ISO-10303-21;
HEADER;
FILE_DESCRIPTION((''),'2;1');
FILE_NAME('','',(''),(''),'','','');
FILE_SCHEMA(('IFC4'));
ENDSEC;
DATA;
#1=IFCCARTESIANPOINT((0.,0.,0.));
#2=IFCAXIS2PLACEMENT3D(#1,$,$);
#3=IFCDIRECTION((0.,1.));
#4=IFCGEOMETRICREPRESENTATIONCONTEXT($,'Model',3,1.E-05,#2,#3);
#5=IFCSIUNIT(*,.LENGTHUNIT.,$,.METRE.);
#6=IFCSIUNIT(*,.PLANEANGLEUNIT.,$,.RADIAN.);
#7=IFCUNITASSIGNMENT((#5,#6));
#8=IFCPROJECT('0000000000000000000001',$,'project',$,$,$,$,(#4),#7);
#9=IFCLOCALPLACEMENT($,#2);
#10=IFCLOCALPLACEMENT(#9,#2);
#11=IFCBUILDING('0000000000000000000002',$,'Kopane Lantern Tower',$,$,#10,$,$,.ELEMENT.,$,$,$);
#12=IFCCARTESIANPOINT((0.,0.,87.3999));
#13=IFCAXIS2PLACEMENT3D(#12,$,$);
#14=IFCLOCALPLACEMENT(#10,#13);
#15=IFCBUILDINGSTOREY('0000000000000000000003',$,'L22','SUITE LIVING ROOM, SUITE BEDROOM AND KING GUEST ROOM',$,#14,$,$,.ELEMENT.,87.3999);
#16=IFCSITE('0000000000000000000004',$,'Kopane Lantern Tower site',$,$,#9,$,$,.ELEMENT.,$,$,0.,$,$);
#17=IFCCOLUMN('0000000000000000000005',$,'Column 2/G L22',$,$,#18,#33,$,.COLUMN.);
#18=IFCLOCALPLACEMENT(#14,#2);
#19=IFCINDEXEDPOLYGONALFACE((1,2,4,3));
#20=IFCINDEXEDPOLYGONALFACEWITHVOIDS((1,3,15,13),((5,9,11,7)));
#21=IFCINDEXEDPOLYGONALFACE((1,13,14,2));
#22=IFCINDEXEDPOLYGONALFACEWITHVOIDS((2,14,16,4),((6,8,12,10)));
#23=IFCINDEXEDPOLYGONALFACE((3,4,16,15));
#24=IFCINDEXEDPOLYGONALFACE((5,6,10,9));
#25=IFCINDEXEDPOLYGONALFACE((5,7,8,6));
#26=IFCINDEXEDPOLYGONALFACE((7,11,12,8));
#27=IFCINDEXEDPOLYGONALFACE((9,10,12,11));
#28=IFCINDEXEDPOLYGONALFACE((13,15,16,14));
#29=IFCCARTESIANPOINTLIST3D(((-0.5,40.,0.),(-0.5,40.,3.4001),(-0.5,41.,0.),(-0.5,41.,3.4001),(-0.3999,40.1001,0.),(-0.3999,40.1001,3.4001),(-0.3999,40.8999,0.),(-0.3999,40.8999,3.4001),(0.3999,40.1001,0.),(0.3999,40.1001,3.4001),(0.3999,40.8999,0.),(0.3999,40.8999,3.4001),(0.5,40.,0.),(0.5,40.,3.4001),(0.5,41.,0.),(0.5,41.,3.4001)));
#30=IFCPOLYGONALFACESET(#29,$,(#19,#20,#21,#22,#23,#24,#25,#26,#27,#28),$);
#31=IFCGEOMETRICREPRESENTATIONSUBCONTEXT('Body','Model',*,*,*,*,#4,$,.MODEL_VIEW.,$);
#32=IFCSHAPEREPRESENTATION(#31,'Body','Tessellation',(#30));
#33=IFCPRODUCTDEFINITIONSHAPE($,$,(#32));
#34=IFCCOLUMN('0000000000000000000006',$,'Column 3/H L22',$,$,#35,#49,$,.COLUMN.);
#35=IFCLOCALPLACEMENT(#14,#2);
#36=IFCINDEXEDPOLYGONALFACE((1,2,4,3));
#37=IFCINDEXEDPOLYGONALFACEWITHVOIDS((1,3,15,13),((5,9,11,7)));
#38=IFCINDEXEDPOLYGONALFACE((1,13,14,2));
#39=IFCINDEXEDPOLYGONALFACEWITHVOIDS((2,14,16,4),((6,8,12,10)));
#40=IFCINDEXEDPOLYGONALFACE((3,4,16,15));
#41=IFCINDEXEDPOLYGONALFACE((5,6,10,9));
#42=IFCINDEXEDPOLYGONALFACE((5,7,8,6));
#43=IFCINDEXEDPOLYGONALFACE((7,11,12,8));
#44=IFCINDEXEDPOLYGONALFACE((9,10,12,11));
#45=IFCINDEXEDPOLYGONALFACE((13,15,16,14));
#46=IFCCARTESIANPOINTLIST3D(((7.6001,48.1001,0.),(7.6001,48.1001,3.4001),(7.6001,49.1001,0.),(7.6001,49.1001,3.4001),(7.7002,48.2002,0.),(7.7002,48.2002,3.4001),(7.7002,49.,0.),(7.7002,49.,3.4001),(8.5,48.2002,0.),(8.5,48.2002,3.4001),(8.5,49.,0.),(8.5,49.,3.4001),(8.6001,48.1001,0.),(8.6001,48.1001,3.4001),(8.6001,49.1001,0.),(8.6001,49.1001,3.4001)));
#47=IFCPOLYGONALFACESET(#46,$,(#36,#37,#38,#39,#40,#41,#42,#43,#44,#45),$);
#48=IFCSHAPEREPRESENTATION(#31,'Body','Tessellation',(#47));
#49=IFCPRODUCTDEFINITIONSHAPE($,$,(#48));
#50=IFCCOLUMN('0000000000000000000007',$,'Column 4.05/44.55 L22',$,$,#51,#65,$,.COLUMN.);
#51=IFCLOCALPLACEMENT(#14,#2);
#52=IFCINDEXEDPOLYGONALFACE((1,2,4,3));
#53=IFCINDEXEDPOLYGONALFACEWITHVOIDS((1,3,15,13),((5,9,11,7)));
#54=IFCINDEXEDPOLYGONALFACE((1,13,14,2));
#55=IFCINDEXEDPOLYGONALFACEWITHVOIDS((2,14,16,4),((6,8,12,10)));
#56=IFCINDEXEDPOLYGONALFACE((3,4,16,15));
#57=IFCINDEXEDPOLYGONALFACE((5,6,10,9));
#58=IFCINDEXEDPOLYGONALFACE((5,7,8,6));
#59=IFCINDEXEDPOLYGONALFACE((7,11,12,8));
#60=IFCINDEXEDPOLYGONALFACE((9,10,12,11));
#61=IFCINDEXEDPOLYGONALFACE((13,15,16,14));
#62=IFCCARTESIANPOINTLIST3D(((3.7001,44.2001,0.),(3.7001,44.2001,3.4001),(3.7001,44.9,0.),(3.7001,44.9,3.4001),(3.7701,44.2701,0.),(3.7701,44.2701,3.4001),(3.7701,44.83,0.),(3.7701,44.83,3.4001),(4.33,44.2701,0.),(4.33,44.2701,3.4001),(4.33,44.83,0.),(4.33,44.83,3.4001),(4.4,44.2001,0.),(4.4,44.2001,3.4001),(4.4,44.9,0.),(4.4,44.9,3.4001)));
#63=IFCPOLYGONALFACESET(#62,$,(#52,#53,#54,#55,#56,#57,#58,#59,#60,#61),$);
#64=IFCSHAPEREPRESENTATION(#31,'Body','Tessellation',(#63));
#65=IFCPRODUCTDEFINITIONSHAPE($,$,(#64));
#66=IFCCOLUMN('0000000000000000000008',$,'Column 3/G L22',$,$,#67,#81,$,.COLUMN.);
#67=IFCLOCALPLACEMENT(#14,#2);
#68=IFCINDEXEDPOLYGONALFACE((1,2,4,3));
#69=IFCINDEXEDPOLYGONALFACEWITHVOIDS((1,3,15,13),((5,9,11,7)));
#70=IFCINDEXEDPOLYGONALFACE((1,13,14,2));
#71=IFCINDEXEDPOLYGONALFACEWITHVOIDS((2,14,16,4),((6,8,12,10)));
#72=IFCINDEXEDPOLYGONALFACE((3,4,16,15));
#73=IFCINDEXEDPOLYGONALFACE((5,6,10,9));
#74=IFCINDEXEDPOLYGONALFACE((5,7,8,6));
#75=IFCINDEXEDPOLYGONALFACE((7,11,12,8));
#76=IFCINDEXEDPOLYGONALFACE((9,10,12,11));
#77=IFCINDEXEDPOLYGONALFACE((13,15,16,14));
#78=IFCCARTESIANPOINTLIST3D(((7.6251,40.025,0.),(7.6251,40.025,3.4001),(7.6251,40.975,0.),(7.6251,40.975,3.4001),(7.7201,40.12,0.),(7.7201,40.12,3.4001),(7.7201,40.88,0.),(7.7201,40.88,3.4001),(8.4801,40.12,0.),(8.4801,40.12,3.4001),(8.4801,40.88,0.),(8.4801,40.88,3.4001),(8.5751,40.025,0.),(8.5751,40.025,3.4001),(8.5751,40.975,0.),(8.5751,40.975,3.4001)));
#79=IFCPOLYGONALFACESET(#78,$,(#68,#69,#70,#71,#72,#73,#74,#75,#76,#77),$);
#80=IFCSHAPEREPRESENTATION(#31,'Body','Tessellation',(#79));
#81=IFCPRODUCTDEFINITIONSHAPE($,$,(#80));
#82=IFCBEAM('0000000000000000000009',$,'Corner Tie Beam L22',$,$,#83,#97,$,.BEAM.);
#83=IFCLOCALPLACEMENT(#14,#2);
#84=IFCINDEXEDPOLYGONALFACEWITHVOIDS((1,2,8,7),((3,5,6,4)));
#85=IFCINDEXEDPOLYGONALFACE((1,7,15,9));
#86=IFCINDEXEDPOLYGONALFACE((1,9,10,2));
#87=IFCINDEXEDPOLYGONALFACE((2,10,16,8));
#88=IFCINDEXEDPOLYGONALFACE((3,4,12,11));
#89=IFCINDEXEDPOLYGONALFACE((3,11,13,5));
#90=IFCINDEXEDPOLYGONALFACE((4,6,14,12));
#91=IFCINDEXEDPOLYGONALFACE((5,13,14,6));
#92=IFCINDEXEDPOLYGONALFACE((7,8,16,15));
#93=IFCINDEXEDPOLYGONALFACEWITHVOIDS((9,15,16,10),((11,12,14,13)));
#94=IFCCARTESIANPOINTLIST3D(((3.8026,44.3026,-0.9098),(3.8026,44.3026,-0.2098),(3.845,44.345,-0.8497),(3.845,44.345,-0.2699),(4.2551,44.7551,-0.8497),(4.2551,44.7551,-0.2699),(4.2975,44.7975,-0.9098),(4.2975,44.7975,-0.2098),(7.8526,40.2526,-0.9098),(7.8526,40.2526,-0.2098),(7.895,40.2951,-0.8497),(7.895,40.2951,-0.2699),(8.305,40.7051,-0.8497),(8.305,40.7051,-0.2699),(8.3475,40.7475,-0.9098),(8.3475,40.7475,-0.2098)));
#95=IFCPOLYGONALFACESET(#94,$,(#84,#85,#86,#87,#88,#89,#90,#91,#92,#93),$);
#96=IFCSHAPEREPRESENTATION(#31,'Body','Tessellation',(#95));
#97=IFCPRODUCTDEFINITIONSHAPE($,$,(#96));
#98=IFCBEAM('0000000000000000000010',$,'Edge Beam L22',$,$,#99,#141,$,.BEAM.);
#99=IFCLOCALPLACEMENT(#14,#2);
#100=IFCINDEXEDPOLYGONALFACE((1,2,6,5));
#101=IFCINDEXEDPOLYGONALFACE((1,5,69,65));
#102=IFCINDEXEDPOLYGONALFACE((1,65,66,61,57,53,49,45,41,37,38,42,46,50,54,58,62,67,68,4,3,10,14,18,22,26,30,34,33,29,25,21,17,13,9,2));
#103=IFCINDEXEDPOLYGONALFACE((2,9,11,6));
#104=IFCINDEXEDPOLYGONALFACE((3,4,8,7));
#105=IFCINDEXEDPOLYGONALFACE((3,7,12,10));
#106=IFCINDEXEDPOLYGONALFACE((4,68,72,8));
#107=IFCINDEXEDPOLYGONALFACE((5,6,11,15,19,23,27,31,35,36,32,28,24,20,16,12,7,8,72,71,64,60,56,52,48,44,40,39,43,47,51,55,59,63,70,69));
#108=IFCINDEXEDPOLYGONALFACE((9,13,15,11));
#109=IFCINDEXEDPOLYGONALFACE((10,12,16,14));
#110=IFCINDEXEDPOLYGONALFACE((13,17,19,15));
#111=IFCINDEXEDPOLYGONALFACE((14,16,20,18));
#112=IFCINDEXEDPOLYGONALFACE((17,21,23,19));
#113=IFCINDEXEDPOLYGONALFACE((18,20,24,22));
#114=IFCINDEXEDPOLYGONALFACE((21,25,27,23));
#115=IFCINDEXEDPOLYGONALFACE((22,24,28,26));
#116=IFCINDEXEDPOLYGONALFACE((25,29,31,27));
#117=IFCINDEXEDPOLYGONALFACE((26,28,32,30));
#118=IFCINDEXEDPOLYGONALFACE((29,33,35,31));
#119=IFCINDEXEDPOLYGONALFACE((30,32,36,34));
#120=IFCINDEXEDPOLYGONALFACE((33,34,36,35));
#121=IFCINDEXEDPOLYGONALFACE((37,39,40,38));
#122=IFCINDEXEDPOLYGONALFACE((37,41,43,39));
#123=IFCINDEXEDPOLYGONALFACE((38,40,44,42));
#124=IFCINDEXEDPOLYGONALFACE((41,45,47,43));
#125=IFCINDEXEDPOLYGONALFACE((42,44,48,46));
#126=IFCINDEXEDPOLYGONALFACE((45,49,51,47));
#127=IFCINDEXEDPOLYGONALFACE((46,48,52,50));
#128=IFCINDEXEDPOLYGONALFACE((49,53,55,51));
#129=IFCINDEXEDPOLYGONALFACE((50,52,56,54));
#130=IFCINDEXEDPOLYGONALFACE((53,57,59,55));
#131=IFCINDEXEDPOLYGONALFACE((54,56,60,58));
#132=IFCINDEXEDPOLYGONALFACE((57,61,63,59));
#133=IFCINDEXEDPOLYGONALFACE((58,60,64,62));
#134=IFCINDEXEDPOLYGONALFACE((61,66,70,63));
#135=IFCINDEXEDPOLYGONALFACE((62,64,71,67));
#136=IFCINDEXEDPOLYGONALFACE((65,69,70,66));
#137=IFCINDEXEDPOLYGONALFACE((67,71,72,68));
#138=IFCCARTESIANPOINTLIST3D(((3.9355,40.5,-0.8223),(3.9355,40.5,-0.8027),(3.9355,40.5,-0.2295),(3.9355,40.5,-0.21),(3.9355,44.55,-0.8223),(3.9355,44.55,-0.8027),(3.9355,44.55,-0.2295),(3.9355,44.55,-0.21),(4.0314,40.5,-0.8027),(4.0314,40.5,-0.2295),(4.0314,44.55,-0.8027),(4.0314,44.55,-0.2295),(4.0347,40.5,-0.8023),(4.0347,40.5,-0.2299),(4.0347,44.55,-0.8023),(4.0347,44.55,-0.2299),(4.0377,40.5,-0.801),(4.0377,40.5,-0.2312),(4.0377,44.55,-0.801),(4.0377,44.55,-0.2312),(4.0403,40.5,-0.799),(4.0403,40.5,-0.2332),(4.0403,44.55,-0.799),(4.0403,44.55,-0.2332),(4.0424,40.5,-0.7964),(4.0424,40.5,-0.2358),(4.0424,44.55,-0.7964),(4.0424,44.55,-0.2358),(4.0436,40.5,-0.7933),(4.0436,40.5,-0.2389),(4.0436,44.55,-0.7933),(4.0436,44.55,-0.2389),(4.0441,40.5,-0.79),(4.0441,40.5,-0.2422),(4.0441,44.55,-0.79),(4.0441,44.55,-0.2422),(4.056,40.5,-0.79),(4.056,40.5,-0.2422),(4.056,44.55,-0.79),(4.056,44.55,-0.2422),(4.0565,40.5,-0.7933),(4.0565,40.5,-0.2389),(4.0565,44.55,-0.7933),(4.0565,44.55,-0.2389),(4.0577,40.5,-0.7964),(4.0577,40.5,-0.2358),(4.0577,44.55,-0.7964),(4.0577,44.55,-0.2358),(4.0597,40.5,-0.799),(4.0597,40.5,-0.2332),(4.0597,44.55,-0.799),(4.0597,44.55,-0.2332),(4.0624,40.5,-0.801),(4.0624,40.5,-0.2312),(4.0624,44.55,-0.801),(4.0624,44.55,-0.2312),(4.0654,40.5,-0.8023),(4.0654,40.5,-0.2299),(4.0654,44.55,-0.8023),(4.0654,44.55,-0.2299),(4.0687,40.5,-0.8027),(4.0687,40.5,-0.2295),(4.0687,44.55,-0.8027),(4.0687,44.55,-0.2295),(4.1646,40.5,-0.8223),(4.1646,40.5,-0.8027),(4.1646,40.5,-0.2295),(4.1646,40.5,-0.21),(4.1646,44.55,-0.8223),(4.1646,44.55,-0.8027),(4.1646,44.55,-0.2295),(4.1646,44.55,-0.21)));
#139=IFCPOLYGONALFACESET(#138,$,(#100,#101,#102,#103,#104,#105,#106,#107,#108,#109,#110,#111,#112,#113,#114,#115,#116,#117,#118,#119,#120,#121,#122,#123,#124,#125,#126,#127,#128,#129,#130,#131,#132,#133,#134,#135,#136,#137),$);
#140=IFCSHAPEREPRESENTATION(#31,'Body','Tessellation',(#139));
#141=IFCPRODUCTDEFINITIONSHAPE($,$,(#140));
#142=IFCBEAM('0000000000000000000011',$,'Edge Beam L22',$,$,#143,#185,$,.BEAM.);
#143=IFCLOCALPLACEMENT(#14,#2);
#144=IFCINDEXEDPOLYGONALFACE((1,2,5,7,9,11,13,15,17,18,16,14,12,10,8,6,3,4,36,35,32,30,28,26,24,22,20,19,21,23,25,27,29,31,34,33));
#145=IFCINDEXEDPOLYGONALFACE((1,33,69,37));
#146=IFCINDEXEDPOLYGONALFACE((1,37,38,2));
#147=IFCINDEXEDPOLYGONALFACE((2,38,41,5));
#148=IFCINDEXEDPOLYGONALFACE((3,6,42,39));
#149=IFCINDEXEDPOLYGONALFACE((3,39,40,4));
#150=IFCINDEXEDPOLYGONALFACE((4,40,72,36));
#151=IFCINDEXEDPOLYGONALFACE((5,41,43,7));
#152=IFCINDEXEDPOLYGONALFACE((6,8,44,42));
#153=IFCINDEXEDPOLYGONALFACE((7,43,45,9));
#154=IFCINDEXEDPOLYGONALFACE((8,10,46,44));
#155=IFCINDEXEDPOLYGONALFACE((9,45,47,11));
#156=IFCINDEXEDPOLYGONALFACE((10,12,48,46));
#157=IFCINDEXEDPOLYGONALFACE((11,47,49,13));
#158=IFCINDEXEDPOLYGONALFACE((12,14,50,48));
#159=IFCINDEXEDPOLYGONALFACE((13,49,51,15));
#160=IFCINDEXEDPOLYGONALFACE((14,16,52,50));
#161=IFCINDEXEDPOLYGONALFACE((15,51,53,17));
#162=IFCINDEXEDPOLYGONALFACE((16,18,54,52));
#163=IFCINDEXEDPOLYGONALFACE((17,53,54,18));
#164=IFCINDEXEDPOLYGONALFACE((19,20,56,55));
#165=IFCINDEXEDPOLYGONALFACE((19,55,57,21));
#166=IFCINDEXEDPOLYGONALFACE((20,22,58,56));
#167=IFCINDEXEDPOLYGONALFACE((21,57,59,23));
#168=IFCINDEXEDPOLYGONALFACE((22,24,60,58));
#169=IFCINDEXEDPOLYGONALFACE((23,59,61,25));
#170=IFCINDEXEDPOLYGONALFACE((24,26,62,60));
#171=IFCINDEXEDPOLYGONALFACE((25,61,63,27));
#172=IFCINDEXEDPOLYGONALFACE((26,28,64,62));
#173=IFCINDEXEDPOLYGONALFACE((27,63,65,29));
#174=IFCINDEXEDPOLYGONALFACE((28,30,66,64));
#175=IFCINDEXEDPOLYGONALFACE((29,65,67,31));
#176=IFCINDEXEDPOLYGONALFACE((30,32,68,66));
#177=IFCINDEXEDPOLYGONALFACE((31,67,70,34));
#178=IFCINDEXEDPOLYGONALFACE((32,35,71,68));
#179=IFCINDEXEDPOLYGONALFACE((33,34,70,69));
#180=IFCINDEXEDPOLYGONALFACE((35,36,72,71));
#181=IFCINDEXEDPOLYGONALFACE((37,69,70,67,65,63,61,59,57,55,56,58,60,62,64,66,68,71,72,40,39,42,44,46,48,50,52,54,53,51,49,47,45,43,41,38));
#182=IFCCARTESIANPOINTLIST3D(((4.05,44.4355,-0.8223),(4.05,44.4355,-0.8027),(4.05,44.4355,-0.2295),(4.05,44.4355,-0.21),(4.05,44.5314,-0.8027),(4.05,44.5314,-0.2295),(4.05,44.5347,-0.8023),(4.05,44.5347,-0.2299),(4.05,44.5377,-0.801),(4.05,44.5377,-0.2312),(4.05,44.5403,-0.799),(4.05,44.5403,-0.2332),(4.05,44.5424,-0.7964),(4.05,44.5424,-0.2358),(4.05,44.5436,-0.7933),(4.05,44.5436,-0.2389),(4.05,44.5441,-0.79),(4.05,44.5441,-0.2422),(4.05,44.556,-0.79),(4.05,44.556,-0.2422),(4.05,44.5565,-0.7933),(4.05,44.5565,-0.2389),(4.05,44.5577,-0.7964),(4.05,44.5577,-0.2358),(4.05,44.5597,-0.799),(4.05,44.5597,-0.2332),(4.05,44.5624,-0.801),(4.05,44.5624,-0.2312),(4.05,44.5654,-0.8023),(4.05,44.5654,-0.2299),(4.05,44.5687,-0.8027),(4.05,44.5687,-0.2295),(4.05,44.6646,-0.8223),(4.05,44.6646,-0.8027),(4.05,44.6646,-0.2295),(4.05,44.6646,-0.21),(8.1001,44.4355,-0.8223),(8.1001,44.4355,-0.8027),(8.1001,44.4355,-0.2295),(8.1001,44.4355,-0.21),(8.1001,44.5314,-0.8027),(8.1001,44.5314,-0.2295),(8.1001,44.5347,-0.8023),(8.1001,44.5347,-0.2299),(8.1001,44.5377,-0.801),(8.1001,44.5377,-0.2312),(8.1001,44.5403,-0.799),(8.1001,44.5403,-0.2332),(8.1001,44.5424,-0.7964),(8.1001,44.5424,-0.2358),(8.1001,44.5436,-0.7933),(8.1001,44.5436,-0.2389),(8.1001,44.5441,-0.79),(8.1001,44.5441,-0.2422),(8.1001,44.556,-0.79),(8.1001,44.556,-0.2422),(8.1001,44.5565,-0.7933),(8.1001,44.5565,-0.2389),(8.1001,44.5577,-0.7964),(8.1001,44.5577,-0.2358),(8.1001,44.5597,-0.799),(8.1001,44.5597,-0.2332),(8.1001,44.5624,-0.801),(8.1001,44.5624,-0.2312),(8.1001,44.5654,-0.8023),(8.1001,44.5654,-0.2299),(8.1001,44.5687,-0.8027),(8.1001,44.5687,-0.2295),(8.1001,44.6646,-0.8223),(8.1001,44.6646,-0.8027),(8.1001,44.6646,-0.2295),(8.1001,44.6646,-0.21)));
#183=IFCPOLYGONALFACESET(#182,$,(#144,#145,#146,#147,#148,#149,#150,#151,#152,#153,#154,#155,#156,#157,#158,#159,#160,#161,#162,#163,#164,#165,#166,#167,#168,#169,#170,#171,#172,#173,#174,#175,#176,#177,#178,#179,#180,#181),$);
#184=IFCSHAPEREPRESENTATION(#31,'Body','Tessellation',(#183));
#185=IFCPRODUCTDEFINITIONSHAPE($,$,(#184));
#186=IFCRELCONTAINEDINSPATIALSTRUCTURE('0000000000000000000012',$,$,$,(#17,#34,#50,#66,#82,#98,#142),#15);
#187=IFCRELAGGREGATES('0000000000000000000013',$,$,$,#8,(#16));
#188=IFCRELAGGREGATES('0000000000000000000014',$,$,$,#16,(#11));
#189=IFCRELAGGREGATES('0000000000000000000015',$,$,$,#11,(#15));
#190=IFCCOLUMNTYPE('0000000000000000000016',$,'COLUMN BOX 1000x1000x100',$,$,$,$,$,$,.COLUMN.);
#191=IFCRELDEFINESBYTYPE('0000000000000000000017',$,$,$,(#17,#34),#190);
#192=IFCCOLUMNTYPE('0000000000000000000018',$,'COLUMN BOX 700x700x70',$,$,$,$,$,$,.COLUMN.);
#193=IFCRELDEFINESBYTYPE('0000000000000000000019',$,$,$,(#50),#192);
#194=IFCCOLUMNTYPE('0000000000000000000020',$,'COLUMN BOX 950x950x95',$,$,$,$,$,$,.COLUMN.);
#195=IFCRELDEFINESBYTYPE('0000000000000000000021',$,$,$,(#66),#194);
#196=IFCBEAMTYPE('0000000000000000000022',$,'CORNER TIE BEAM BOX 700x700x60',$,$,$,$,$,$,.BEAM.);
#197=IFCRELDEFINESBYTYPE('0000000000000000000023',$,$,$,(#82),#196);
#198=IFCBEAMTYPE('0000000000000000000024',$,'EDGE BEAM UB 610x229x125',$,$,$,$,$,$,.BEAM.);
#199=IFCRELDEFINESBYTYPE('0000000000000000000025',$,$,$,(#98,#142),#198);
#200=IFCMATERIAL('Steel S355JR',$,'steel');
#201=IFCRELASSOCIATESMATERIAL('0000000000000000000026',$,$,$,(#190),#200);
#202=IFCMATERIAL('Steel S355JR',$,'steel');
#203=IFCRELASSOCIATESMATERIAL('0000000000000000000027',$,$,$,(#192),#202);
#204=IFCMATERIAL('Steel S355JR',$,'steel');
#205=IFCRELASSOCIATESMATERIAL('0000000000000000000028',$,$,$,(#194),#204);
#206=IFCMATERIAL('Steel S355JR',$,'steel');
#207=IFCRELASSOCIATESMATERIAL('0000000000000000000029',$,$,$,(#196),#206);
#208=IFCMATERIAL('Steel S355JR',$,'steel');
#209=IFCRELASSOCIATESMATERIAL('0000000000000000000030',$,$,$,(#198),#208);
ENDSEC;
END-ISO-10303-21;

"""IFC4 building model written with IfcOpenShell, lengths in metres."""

from ifc_helpers import new_model, si_unit, direction, frame, origin, origin_2d, place, context, subcontext, project, spatial, hollow_rectangle, i_section, extrude, material, material_profile, profile_set, type_object, element, save


model = new_model("IFC4")

# Units and contexts
model_context = context("Model", 3, precision=1e-05, world=origin(), true_north=direction((0.0, 1.0)))
body_context = subcontext(model_context, "Body", "Model", "MODEL_VIEW")
ifc_project = project(units=[si_unit("LENGTHUNIT", "METRE"), si_unit("PLANEANGLEUNIT", "RADIAN")], contexts=[model_context])

# Site, building, storey
site_placement = place(None, origin())
site = spatial("IfcSite", under=ifc_project, at=site_placement, Name="Kopane Lantern Tower site", CompositionType="ELEMENT", RefElevation=0.0)
building_placement = place(site_placement, origin())
building = spatial("IfcBuilding", under=site, at=building_placement, Name="Kopane Lantern Tower", CompositionType="ELEMENT")
storey_placement = place(building_placement, frame((0.0, 0.0, 87.3999)))
storey = spatial("IfcBuildingStorey", under=building, at=storey_placement, Name="L22", Description="SUITE LIVING ROOM, SUITE BEDROOM AND KING GUEST ROOM", CompositionType="ELEMENT", Elevation=87.3999)

# Columns
ifc_material_1 = material(Name="Steel S355JR", Category="steel")
ifc_material_profile_1 = material_profile(ifc_material_1, hollow_rectangle(XDim=1.0, YDim=1.0, WallThickness=0.1001, at=origin_2d()), Name="BOX 1000x1000x100")
ifc_profile_set_1 = profile_set([ifc_material_profile_1], Name="Steel S355JR")
column_type_1 = type_object("IfcColumnType", Name="COLUMN BOX 1000x1000x100", PredefinedType="COLUMN", material=ifc_profile_set_1)
for number, where, z_axis, x_axis, name in (
    (1, (0.0, 40.5, 0.0), (0.0, 0.0, 1.0), (1.0, 0.0, 0.0), "Column 2/G L22"),
    (2, (8.1001, 48.6001, 0.0), (0.0, 0.0, 1.0), (1.0, 0.0, 0.0), "Column 3/H L22"),
):
    element("IfcColumn", number, at=place(storey_placement, frame(where, z_axis=z_axis, x_axis=x_axis)), inside=storey, type_object=column_type_1, Name=name, PredefinedType="COLUMN", context=body_context, shape_type="SweptSolid", body=[
        extrude(hollow_rectangle(XDim=1.0, YDim=1.0, WallThickness=0.1001, at=origin_2d()), origin(), (0.0, 0.0, 1.0), 3.4001),
    ])
ifc_material_2 = material(Name="Steel S355JR", Category="steel")
ifc_material_profile_2 = material_profile(ifc_material_2, hollow_rectangle(XDim=0.7, YDim=0.7, WallThickness=0.0701, at=origin_2d()), Name="BOX 700x700x70")
ifc_profile_set_2 = profile_set([ifc_material_profile_2], Name="Steel S355JR")
column_type_2 = type_object("IfcColumnType", Name="COLUMN BOX 700x700x70", PredefinedType="COLUMN", material=ifc_profile_set_2)
column_1_placement = place(storey_placement, frame((4.05, 44.55, 0.0), z_axis=(0.0, 0.0, 1.0), x_axis=(1.0, 0.0, 0.0)))
element("IfcColumn", 3, at=column_1_placement, inside=storey, type_object=column_type_2, Name="Column 4.05/44.55 L22", PredefinedType="COLUMN", context=body_context, shape_type="SweptSolid", body=[
    extrude(hollow_rectangle(XDim=0.7, YDim=0.7, WallThickness=0.0701, at=origin_2d()), origin(), (0.0, 0.0, 1.0), 3.4001),
])
ifc_material_3 = material(Name="Steel S355JR", Category="steel")
ifc_material_profile_3 = material_profile(ifc_material_3, hollow_rectangle(XDim=0.95, YDim=0.95, WallThickness=0.095, at=origin_2d()), Name="BOX 950x950x95")
ifc_profile_set_3 = profile_set([ifc_material_profile_3], Name="Steel S355JR")
column_type_3 = type_object("IfcColumnType", Name="COLUMN BOX 950x950x95", PredefinedType="COLUMN", material=ifc_profile_set_3)
column_2_placement = place(storey_placement, frame((8.1001, 40.5, 0.0), z_axis=(0.0, 0.0, 1.0), x_axis=(1.0, 0.0, 0.0)))
element("IfcColumn", 4, at=column_2_placement, inside=storey, type_object=column_type_3, Name="Column 3/G L22", PredefinedType="COLUMN", context=body_context, shape_type="SweptSolid", body=[
    extrude(hollow_rectangle(XDim=0.95, YDim=0.95, WallThickness=0.095, at=origin_2d()), origin(), (0.0, 0.0, 1.0), 3.4001),
])

# Beams
ifc_material_4 = material(Name="Steel S355JR", Category="steel")
ifc_material_profile_4 = material_profile(ifc_material_4, hollow_rectangle(XDim=0.7, YDim=0.7, WallThickness=0.0601, at=origin_2d()), Name="BOX 700x700x60")
ifc_profile_set_4 = profile_set([ifc_material_profile_4], Name="Steel S355JR")
beam_type_1 = type_object("IfcBeamType", Name="CORNER TIE BEAM BOX 700x700x60", PredefinedType="BEAM", material=ifc_profile_set_4)
beam_1_placement = place(storey_placement, frame((4.05, 44.55, -0.5598), z_axis=(0.707107, -0.707107, 0.0), x_axis=(0.707107, 0.707107, 0.0)))
element("IfcBeam", 5, at=beam_1_placement, inside=storey, type_object=beam_type_1, Name="Corner Tie Beam L22", PredefinedType="BEAM", context=body_context, shape_type="SweptSolid", body=[
    extrude(hollow_rectangle(XDim=0.7, YDim=0.7, WallThickness=0.0601, at=origin_2d()), origin(), (0.0, 0.0, 1.0), 5.7275),
])
ifc_material_5 = material(Name="Steel S355JR", Category="steel")
ifc_material_profile_5 = material_profile(ifc_material_5, i_section(OverallWidth=0.229, OverallDepth=0.6123, WebThickness=0.012, FlangeThickness=0.0195, FilletRadius=0.0127, at=origin_2d()), Name="UB 610x229x125")
ifc_profile_set_5 = profile_set([ifc_material_profile_5], Name="Steel S355JR")
beam_type_2 = type_object("IfcBeamType", Name="EDGE BEAM UB 610x229x125", PredefinedType="BEAM", material=ifc_profile_set_5)
for number, where, z_axis, x_axis, name in (
    (6, (4.05, 44.55, -0.5161), (0.0, -1.0, 0.0), (1.0, 0.0, 0.0), "Edge Beam L22"),
    (7, (4.05, 44.55, -0.5161), (1.0, 0.0, 0.0), (0.0, 1.0, 0.0), "Edge Beam L22"),
):
    element("IfcBeam", number, at=place(storey_placement, frame(where, z_axis=z_axis, x_axis=x_axis)), inside=storey, type_object=beam_type_2, Name=name, PredefinedType="BEAM", context=body_context, shape_type="SweptSolid", body=[
        extrude(i_section(OverallWidth=0.229, OverallDepth=0.6123, WebThickness=0.012, FlangeThickness=0.0195, FilletRadius=0.0127, at=origin_2d()), origin(), (0.0, 0.0, 1.0), 4.05),
    ])

save(model, "model.ifc")
